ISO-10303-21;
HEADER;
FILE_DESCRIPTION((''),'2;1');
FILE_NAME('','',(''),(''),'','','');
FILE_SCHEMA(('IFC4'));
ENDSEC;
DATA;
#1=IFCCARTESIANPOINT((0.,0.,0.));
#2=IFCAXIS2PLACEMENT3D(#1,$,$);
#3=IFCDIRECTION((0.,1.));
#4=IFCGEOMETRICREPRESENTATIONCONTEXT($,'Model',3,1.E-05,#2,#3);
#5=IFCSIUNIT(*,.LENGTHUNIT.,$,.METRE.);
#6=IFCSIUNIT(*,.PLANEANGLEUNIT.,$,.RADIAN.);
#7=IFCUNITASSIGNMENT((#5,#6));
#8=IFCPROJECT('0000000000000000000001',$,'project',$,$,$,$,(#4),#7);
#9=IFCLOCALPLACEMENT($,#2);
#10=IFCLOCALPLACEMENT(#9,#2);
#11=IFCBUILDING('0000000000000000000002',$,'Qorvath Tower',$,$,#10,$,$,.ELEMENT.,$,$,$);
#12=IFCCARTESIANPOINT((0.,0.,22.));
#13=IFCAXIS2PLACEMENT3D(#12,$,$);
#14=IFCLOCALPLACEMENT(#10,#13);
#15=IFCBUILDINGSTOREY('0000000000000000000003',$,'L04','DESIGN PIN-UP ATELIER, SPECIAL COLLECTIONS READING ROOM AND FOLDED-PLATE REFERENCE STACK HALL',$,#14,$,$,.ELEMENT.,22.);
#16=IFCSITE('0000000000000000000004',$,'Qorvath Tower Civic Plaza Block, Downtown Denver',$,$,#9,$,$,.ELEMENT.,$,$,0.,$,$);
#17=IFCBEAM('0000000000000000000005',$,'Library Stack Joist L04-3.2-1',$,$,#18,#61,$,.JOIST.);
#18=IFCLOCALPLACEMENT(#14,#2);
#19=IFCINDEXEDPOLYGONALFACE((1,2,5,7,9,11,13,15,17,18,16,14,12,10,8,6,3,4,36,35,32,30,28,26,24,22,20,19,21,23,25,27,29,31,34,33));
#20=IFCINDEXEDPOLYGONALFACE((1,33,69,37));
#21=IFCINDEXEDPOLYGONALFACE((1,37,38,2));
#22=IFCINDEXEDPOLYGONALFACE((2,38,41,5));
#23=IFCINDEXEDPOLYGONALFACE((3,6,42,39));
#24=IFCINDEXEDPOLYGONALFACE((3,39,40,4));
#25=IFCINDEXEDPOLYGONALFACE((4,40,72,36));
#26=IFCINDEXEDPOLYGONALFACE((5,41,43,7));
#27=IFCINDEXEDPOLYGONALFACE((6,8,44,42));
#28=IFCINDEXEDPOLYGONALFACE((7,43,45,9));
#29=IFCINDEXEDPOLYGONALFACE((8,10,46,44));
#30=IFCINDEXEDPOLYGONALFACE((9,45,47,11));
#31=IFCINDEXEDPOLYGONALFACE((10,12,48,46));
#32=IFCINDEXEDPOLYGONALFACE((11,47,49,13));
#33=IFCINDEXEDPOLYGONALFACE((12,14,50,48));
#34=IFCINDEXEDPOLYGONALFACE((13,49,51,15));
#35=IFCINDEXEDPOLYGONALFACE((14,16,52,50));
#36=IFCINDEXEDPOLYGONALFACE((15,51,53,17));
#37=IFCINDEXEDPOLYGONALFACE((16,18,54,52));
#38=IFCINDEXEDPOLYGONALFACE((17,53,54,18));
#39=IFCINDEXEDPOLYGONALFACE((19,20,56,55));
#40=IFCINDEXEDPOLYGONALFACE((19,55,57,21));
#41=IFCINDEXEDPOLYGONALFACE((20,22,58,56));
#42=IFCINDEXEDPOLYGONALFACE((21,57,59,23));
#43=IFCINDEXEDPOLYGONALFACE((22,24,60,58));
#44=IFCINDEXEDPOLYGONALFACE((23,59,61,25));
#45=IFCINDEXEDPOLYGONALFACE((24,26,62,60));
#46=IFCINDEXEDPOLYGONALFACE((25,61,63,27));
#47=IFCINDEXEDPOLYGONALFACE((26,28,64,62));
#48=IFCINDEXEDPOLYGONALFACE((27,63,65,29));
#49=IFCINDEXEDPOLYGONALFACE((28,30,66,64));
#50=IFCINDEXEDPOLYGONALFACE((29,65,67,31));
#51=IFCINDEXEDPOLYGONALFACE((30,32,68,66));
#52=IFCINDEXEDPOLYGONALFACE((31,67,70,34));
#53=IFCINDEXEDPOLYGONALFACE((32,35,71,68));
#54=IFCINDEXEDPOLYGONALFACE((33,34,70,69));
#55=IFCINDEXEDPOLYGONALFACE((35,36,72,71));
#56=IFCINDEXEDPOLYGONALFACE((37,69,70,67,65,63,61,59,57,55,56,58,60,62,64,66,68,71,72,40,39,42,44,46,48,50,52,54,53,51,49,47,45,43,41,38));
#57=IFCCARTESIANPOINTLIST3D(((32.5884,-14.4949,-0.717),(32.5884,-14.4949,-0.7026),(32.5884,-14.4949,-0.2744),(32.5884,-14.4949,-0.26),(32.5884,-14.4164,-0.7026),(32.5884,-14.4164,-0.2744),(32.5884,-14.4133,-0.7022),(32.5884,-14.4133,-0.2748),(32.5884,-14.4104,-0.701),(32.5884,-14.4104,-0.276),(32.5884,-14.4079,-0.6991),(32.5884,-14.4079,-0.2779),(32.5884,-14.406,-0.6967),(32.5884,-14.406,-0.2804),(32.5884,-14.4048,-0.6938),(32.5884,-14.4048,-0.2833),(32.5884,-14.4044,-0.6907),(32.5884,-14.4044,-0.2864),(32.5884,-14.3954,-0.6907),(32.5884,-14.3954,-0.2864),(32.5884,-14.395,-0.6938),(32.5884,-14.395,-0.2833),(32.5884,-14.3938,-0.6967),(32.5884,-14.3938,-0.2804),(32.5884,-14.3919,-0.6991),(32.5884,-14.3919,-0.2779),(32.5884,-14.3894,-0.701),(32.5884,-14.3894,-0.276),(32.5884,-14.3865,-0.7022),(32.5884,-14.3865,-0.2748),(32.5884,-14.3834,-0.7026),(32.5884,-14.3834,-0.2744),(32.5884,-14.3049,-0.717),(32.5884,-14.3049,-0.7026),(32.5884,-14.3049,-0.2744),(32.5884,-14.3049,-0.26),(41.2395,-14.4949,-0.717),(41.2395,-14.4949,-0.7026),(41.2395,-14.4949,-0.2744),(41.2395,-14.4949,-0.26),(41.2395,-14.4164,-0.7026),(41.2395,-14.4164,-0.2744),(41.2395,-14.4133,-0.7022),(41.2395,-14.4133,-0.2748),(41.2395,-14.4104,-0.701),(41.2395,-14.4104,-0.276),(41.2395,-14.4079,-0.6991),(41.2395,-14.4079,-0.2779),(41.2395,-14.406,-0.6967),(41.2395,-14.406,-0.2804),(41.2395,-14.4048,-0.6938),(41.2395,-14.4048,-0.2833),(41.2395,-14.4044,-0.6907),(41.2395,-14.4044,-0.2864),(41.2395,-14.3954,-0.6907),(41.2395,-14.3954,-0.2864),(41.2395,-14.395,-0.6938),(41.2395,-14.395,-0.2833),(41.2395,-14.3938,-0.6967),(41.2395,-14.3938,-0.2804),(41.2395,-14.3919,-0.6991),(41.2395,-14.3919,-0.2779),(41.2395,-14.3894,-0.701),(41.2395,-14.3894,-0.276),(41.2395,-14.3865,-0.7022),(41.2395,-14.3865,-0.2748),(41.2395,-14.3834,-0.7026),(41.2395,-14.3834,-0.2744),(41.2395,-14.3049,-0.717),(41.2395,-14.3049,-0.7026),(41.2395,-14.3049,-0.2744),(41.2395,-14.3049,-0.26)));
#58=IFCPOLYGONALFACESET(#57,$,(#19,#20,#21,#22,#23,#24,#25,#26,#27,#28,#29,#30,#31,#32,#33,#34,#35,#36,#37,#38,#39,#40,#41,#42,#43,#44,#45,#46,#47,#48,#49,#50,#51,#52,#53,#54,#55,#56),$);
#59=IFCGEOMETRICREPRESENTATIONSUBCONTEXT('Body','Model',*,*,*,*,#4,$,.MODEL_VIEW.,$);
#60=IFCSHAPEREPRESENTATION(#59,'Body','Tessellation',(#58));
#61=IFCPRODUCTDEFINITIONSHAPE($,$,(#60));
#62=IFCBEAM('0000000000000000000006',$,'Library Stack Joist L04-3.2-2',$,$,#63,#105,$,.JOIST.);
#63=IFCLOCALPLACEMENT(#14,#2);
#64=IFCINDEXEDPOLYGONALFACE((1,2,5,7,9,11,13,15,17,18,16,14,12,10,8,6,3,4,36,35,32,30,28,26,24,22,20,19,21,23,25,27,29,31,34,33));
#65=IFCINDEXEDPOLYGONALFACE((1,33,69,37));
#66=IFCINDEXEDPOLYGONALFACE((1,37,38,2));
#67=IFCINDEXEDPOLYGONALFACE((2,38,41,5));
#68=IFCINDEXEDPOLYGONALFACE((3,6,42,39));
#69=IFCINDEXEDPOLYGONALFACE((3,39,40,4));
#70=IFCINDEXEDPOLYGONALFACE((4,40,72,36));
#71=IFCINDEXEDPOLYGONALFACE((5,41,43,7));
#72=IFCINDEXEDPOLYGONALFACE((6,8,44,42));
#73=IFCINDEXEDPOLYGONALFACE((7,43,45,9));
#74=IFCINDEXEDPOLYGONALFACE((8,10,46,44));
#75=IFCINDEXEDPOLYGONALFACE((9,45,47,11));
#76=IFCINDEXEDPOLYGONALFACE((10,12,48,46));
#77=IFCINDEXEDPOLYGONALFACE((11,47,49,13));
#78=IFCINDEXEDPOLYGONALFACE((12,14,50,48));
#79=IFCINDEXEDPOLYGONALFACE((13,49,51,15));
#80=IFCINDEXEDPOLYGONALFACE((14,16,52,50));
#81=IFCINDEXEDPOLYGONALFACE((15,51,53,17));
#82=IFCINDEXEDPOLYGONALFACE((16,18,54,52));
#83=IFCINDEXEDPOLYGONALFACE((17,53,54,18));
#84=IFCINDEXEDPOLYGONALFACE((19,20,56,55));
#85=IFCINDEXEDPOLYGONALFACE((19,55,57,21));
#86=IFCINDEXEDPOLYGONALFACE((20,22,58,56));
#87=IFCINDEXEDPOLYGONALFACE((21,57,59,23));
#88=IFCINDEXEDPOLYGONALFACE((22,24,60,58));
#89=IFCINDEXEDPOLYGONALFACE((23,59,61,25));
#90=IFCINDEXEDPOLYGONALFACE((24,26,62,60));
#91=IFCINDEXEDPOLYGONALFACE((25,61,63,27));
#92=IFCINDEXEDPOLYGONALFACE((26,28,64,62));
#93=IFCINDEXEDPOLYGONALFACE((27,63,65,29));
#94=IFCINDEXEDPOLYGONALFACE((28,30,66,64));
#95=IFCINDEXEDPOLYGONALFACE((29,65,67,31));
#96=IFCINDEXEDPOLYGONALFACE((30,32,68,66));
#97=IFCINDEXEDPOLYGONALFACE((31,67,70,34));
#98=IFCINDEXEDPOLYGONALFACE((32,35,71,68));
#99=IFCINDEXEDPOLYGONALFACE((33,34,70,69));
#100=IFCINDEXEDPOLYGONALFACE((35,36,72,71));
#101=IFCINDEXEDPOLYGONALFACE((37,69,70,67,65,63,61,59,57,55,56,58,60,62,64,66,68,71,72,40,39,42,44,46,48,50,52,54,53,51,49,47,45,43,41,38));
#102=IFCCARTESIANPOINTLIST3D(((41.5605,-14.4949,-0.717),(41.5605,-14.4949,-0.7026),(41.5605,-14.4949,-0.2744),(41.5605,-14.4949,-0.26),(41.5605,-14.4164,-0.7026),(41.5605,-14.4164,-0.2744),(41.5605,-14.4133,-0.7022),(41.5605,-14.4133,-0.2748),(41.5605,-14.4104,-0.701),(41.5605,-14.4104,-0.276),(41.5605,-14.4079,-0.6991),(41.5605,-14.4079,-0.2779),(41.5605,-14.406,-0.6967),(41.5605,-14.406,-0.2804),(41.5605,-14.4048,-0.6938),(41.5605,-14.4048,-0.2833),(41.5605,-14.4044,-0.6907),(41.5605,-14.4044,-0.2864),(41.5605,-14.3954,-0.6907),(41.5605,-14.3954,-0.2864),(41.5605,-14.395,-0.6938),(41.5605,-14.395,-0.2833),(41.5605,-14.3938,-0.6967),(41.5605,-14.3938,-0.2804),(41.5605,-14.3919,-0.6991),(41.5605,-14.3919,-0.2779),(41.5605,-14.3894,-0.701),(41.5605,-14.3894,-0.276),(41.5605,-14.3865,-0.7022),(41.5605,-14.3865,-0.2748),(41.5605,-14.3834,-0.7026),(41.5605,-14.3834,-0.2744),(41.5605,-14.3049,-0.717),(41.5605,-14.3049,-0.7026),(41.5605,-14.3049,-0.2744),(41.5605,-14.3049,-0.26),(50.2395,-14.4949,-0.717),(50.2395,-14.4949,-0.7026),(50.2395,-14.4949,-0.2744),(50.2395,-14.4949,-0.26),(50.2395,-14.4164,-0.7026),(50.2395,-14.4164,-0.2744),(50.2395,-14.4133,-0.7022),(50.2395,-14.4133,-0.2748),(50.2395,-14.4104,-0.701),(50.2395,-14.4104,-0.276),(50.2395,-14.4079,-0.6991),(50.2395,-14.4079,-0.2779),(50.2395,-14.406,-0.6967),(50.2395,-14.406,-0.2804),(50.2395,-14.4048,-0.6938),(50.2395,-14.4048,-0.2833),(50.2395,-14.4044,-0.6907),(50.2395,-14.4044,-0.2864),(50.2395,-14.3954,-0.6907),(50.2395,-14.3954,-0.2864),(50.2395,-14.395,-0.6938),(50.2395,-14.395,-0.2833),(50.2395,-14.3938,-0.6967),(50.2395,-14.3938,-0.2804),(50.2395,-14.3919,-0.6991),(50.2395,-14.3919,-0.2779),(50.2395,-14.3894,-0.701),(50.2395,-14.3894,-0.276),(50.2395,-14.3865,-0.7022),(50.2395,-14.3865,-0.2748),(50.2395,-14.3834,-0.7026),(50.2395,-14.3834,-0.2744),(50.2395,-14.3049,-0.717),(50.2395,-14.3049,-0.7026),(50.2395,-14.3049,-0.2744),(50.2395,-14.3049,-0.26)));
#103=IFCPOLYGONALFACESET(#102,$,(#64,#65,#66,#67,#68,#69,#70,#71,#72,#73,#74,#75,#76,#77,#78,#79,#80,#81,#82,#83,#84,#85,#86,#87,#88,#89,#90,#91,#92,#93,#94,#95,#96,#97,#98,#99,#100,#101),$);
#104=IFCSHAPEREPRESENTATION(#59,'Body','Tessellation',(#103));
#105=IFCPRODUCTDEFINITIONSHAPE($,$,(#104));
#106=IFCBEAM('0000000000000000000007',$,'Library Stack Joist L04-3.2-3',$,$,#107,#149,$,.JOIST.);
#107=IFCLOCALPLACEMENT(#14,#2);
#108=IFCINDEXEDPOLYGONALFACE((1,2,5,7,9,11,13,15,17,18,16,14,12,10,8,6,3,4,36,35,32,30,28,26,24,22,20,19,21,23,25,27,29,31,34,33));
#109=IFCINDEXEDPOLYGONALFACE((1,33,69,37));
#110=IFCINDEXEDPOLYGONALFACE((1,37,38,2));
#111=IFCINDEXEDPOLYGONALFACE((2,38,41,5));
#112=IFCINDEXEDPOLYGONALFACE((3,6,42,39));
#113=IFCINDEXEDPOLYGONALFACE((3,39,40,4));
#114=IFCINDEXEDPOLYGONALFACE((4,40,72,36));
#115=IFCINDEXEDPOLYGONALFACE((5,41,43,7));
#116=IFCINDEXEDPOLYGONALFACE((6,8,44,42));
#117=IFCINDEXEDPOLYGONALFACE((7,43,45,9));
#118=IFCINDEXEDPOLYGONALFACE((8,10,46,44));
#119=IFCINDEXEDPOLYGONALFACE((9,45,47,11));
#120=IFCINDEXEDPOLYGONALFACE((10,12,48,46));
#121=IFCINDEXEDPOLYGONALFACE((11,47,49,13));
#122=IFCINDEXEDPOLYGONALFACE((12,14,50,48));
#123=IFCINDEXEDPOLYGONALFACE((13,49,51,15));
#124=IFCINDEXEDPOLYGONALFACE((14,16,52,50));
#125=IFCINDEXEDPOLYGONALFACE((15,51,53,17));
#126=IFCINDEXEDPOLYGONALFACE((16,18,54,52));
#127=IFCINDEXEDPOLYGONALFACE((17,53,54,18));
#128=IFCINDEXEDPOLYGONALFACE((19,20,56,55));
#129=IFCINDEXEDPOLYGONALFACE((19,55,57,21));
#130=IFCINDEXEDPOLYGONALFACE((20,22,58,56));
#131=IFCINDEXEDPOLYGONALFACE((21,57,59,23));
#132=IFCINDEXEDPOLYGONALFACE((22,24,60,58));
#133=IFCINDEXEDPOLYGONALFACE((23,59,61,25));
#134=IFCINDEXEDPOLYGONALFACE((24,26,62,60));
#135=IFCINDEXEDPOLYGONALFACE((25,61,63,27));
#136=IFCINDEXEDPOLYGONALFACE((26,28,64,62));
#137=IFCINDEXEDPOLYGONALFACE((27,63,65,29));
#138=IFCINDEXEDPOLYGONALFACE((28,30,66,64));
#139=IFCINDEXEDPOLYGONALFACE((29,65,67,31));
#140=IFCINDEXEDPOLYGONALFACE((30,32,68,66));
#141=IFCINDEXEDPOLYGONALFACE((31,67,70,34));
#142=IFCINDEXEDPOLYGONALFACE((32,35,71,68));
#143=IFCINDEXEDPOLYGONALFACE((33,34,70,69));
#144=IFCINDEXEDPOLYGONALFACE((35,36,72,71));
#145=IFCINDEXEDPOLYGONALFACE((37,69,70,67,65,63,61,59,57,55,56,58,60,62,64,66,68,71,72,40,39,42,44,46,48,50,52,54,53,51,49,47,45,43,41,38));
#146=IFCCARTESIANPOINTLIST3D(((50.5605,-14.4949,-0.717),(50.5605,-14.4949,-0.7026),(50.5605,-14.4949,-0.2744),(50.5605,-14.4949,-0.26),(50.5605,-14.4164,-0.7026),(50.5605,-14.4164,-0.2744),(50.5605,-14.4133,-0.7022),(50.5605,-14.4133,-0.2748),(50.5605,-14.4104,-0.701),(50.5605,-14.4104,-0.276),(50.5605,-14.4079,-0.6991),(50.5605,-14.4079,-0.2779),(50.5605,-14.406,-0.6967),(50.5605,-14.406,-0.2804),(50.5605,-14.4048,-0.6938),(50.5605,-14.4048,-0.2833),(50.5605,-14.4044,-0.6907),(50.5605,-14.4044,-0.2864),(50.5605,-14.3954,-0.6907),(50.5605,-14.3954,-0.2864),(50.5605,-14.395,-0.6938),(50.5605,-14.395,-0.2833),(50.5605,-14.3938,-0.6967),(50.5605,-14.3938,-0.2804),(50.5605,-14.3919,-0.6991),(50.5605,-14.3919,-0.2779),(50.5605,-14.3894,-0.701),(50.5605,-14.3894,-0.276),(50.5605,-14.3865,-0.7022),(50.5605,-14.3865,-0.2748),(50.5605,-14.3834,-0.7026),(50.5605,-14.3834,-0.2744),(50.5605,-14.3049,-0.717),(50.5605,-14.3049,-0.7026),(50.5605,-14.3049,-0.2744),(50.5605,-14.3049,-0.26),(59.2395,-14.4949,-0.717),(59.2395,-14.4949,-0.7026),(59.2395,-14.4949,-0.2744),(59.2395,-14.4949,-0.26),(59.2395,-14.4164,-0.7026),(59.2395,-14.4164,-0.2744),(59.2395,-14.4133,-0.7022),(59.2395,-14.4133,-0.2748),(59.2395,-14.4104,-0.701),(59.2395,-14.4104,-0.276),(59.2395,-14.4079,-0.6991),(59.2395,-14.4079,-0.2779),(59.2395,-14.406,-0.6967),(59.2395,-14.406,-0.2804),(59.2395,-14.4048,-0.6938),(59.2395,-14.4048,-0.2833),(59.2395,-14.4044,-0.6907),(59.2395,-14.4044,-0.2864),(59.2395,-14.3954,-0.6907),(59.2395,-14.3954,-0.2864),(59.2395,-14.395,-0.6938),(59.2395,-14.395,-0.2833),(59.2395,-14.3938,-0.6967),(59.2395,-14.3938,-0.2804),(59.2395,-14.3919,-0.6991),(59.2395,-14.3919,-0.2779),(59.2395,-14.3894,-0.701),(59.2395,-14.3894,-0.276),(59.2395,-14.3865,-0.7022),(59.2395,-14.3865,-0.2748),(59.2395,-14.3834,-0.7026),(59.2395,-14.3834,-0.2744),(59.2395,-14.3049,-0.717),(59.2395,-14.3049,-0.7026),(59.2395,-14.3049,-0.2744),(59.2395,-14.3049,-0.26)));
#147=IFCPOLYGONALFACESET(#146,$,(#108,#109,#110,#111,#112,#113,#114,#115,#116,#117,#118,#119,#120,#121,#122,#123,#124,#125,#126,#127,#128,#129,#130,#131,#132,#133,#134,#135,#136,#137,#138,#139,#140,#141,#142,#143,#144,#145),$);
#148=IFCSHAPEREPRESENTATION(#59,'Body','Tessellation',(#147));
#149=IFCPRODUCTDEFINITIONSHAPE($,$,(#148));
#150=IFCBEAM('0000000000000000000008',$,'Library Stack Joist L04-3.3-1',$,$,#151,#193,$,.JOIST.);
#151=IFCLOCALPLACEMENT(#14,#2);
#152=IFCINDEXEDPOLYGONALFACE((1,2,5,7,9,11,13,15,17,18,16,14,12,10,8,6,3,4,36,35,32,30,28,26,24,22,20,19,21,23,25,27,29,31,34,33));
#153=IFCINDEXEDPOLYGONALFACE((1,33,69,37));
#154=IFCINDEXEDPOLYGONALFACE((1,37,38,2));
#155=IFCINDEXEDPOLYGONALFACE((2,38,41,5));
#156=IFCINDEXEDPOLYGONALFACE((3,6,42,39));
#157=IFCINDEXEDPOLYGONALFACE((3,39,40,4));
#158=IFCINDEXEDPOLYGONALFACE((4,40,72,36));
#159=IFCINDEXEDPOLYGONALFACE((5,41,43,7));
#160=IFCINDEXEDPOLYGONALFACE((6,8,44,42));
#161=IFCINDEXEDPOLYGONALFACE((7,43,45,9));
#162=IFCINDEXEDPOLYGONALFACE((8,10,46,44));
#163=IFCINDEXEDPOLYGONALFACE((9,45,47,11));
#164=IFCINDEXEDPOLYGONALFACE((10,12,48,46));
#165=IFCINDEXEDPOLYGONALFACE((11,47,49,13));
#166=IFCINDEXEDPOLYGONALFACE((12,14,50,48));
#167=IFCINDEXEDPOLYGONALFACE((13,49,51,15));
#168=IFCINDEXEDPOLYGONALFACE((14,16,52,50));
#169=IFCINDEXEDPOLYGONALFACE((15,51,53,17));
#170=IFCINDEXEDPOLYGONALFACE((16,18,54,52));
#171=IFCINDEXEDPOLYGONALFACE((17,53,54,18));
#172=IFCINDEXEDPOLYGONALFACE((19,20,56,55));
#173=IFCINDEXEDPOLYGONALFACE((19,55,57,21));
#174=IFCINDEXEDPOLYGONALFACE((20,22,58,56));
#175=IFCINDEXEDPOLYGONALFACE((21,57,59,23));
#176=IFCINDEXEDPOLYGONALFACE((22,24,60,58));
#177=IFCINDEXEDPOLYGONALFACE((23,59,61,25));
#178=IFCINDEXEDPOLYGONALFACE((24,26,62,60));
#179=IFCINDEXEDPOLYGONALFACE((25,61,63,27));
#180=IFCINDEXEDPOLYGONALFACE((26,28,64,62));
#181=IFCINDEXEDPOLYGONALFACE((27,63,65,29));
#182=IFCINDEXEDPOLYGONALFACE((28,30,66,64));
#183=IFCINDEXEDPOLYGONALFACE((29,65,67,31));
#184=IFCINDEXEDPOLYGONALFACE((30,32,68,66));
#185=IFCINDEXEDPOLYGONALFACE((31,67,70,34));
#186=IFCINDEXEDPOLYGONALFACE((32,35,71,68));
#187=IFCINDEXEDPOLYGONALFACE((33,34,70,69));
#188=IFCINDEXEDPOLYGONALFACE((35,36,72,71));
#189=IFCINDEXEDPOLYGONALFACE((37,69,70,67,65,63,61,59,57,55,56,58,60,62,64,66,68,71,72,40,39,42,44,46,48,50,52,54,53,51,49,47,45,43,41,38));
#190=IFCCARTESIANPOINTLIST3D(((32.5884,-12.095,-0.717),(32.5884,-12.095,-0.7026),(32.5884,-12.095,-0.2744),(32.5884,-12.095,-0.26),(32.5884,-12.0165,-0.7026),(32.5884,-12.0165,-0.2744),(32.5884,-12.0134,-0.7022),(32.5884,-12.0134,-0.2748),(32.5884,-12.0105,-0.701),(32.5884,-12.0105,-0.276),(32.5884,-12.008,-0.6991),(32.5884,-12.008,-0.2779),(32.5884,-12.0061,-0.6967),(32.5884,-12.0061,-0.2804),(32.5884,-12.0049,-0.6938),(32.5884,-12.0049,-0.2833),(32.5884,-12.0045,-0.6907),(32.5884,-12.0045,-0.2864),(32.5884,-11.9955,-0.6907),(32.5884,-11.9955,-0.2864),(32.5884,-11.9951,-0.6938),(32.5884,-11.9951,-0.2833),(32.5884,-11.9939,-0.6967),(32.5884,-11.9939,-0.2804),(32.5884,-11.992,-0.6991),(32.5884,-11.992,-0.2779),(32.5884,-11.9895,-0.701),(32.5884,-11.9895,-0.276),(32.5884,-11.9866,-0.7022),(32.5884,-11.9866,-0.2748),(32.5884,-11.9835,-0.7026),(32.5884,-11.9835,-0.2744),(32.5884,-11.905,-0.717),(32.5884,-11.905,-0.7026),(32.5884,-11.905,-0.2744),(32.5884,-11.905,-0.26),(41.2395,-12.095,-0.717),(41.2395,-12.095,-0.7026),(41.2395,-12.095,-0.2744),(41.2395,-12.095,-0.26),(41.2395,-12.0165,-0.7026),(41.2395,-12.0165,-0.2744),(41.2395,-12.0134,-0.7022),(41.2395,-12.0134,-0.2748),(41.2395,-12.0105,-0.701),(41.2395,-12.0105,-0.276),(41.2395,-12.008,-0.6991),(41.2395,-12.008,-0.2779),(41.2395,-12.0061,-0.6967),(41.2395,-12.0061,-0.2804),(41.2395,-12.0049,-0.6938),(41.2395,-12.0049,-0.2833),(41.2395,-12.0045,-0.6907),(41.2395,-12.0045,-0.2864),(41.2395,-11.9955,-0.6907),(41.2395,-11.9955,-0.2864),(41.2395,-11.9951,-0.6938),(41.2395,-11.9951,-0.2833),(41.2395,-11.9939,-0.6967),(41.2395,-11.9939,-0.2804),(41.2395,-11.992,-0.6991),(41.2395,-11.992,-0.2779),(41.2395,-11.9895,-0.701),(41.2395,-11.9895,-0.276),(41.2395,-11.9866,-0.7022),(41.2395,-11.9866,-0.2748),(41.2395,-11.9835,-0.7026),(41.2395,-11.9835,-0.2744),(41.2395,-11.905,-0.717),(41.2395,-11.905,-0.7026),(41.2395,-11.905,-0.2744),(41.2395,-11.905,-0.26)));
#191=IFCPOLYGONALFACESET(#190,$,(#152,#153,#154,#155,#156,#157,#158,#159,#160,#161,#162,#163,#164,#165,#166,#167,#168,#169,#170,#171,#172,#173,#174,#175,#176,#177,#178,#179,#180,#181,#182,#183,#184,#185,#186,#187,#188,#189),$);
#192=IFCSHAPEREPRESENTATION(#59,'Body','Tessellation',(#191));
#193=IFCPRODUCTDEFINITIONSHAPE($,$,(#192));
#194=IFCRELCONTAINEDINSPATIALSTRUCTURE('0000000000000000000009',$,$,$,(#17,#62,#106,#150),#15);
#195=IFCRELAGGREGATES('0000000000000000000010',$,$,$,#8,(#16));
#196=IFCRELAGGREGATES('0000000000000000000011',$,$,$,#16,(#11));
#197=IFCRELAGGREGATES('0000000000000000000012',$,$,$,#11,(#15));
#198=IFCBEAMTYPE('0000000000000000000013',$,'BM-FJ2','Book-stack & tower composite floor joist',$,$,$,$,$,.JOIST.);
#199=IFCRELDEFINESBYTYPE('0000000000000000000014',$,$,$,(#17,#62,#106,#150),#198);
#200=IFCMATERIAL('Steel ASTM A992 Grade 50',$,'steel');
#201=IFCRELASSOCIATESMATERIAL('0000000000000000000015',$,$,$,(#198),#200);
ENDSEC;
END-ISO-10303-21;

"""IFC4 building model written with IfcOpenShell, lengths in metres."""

from ifc_helpers import new_model, si_unit, direction, frame, origin, origin_2d, place, context, subcontext, project, spatial, i_section, extrude, material, material_profile, profile_set, type_object, element, save


model = new_model("IFC4")

# Units and contexts
model_context = context("Model", 3, precision=1e-05, world=origin(), true_north=direction((0.0, 1.0)))
body_context = subcontext(model_context, "Body", "Model", "MODEL_VIEW")
ifc_project = project(units=[si_unit("LENGTHUNIT", "METRE"), si_unit("PLANEANGLEUNIT", "RADIAN")], contexts=[model_context])

# Site, building, storey
site_placement = place(None, origin())
site = spatial("IfcSite", under=ifc_project, at=site_placement, Name="Qorvath Tower Civic Plaza Block, Downtown Denver", CompositionType="ELEMENT", RefElevation=0.0)
building_placement = place(site_placement, origin())
building = spatial("IfcBuilding", under=site, at=building_placement, Name="Qorvath Tower", CompositionType="ELEMENT")
storey_placement = place(building_placement, frame((0.0, 0.0, 22.0)))
storey = spatial("IfcBuildingStorey", under=building, at=storey_placement, Name="L04", Description="DESIGN PIN-UP ATELIER, SPECIAL COLLECTIONS READING ROOM AND FOLDED-PLATE REFERENCE STACK HALL", CompositionType="ELEMENT", Elevation=22.0)

# Beams
ifc_material_1 = material(Name="Steel ASTM A992 Grade 50", Category="steel")
ifc_material_profile_1 = material_profile(ifc_material_1, i_section(OverallWidth=0.1899, OverallDepth=0.457, WebThickness=0.009, FlangeThickness=0.0144, FilletRadius=0.012, at=origin_2d()), Name="W18x50")
ifc_profile_set_1 = profile_set([ifc_material_profile_1], Name="Steel ASTM A992 Grade 50")
beam_type_1 = type_object("IfcBeamType", Name="BM-FJ2", Description="Book-stack & tower composite floor joist", PredefinedType="JOIST", material=ifc_profile_set_1)
beam_1_placement = place(storey_placement, frame((32.5884, -14.3999, -0.4885), z_axis=(1.0, 0.0, 0.0), x_axis=(0.0, 1.0, 0.0)))
element("IfcBeam", 1, at=beam_1_placement, inside=storey, type_object=beam_type_1, Name="Library Stack Joist L04-3.2-1", PredefinedType="JOIST", context=body_context, shape_type="SweptSolid", body=[
    extrude(i_section(OverallWidth=0.1899, OverallDepth=0.457, WebThickness=0.009, FlangeThickness=0.0144, FilletRadius=0.012, at=origin_2d()), origin(), (0.0, 0.0, 1.0), 8.6511),
])
for number, where, z_axis, x_axis, name in (
    (2, (41.5605, -14.3999, -0.4885), (1.0, 0.0, 0.0), (0.0, 1.0, 0.0), "Library Stack Joist L04-3.2-2"),
    (3, (50.5605, -14.3999, -0.4885), (1.0, 0.0, 0.0), (0.0, 1.0, 0.0), "Library Stack Joist L04-3.2-3"),
):
    element("IfcBeam", number, at=place(storey_placement, frame(where, z_axis=z_axis, x_axis=x_axis)), inside=storey, type_object=beam_type_1, Name=name, PredefinedType="JOIST", context=body_context, shape_type="SweptSolid", body=[
        extrude(i_section(OverallWidth=0.1899, OverallDepth=0.457, WebThickness=0.009, FlangeThickness=0.0144, FilletRadius=0.012, at=origin_2d()), origin(), (0.0, 0.0, 1.0), 8.679),
    ])
beam_2_placement = place(storey_placement, frame((32.5884, -12.0, -0.4885), z_axis=(1.0, 0.0, 0.0), x_axis=(0.0, 1.0, 0.0)))
element("IfcBeam", 4, at=beam_2_placement, inside=storey, type_object=beam_type_1, Name="Library Stack Joist L04-3.3-1", PredefinedType="JOIST", context=body_context, shape_type="SweptSolid", body=[
    extrude(i_section(OverallWidth=0.1899, OverallDepth=0.457, WebThickness=0.009, FlangeThickness=0.0144, FilletRadius=0.012, at=origin_2d()), origin(), (0.0, 0.0, 1.0), 8.6511),
])

save(model, "model.ifc")
